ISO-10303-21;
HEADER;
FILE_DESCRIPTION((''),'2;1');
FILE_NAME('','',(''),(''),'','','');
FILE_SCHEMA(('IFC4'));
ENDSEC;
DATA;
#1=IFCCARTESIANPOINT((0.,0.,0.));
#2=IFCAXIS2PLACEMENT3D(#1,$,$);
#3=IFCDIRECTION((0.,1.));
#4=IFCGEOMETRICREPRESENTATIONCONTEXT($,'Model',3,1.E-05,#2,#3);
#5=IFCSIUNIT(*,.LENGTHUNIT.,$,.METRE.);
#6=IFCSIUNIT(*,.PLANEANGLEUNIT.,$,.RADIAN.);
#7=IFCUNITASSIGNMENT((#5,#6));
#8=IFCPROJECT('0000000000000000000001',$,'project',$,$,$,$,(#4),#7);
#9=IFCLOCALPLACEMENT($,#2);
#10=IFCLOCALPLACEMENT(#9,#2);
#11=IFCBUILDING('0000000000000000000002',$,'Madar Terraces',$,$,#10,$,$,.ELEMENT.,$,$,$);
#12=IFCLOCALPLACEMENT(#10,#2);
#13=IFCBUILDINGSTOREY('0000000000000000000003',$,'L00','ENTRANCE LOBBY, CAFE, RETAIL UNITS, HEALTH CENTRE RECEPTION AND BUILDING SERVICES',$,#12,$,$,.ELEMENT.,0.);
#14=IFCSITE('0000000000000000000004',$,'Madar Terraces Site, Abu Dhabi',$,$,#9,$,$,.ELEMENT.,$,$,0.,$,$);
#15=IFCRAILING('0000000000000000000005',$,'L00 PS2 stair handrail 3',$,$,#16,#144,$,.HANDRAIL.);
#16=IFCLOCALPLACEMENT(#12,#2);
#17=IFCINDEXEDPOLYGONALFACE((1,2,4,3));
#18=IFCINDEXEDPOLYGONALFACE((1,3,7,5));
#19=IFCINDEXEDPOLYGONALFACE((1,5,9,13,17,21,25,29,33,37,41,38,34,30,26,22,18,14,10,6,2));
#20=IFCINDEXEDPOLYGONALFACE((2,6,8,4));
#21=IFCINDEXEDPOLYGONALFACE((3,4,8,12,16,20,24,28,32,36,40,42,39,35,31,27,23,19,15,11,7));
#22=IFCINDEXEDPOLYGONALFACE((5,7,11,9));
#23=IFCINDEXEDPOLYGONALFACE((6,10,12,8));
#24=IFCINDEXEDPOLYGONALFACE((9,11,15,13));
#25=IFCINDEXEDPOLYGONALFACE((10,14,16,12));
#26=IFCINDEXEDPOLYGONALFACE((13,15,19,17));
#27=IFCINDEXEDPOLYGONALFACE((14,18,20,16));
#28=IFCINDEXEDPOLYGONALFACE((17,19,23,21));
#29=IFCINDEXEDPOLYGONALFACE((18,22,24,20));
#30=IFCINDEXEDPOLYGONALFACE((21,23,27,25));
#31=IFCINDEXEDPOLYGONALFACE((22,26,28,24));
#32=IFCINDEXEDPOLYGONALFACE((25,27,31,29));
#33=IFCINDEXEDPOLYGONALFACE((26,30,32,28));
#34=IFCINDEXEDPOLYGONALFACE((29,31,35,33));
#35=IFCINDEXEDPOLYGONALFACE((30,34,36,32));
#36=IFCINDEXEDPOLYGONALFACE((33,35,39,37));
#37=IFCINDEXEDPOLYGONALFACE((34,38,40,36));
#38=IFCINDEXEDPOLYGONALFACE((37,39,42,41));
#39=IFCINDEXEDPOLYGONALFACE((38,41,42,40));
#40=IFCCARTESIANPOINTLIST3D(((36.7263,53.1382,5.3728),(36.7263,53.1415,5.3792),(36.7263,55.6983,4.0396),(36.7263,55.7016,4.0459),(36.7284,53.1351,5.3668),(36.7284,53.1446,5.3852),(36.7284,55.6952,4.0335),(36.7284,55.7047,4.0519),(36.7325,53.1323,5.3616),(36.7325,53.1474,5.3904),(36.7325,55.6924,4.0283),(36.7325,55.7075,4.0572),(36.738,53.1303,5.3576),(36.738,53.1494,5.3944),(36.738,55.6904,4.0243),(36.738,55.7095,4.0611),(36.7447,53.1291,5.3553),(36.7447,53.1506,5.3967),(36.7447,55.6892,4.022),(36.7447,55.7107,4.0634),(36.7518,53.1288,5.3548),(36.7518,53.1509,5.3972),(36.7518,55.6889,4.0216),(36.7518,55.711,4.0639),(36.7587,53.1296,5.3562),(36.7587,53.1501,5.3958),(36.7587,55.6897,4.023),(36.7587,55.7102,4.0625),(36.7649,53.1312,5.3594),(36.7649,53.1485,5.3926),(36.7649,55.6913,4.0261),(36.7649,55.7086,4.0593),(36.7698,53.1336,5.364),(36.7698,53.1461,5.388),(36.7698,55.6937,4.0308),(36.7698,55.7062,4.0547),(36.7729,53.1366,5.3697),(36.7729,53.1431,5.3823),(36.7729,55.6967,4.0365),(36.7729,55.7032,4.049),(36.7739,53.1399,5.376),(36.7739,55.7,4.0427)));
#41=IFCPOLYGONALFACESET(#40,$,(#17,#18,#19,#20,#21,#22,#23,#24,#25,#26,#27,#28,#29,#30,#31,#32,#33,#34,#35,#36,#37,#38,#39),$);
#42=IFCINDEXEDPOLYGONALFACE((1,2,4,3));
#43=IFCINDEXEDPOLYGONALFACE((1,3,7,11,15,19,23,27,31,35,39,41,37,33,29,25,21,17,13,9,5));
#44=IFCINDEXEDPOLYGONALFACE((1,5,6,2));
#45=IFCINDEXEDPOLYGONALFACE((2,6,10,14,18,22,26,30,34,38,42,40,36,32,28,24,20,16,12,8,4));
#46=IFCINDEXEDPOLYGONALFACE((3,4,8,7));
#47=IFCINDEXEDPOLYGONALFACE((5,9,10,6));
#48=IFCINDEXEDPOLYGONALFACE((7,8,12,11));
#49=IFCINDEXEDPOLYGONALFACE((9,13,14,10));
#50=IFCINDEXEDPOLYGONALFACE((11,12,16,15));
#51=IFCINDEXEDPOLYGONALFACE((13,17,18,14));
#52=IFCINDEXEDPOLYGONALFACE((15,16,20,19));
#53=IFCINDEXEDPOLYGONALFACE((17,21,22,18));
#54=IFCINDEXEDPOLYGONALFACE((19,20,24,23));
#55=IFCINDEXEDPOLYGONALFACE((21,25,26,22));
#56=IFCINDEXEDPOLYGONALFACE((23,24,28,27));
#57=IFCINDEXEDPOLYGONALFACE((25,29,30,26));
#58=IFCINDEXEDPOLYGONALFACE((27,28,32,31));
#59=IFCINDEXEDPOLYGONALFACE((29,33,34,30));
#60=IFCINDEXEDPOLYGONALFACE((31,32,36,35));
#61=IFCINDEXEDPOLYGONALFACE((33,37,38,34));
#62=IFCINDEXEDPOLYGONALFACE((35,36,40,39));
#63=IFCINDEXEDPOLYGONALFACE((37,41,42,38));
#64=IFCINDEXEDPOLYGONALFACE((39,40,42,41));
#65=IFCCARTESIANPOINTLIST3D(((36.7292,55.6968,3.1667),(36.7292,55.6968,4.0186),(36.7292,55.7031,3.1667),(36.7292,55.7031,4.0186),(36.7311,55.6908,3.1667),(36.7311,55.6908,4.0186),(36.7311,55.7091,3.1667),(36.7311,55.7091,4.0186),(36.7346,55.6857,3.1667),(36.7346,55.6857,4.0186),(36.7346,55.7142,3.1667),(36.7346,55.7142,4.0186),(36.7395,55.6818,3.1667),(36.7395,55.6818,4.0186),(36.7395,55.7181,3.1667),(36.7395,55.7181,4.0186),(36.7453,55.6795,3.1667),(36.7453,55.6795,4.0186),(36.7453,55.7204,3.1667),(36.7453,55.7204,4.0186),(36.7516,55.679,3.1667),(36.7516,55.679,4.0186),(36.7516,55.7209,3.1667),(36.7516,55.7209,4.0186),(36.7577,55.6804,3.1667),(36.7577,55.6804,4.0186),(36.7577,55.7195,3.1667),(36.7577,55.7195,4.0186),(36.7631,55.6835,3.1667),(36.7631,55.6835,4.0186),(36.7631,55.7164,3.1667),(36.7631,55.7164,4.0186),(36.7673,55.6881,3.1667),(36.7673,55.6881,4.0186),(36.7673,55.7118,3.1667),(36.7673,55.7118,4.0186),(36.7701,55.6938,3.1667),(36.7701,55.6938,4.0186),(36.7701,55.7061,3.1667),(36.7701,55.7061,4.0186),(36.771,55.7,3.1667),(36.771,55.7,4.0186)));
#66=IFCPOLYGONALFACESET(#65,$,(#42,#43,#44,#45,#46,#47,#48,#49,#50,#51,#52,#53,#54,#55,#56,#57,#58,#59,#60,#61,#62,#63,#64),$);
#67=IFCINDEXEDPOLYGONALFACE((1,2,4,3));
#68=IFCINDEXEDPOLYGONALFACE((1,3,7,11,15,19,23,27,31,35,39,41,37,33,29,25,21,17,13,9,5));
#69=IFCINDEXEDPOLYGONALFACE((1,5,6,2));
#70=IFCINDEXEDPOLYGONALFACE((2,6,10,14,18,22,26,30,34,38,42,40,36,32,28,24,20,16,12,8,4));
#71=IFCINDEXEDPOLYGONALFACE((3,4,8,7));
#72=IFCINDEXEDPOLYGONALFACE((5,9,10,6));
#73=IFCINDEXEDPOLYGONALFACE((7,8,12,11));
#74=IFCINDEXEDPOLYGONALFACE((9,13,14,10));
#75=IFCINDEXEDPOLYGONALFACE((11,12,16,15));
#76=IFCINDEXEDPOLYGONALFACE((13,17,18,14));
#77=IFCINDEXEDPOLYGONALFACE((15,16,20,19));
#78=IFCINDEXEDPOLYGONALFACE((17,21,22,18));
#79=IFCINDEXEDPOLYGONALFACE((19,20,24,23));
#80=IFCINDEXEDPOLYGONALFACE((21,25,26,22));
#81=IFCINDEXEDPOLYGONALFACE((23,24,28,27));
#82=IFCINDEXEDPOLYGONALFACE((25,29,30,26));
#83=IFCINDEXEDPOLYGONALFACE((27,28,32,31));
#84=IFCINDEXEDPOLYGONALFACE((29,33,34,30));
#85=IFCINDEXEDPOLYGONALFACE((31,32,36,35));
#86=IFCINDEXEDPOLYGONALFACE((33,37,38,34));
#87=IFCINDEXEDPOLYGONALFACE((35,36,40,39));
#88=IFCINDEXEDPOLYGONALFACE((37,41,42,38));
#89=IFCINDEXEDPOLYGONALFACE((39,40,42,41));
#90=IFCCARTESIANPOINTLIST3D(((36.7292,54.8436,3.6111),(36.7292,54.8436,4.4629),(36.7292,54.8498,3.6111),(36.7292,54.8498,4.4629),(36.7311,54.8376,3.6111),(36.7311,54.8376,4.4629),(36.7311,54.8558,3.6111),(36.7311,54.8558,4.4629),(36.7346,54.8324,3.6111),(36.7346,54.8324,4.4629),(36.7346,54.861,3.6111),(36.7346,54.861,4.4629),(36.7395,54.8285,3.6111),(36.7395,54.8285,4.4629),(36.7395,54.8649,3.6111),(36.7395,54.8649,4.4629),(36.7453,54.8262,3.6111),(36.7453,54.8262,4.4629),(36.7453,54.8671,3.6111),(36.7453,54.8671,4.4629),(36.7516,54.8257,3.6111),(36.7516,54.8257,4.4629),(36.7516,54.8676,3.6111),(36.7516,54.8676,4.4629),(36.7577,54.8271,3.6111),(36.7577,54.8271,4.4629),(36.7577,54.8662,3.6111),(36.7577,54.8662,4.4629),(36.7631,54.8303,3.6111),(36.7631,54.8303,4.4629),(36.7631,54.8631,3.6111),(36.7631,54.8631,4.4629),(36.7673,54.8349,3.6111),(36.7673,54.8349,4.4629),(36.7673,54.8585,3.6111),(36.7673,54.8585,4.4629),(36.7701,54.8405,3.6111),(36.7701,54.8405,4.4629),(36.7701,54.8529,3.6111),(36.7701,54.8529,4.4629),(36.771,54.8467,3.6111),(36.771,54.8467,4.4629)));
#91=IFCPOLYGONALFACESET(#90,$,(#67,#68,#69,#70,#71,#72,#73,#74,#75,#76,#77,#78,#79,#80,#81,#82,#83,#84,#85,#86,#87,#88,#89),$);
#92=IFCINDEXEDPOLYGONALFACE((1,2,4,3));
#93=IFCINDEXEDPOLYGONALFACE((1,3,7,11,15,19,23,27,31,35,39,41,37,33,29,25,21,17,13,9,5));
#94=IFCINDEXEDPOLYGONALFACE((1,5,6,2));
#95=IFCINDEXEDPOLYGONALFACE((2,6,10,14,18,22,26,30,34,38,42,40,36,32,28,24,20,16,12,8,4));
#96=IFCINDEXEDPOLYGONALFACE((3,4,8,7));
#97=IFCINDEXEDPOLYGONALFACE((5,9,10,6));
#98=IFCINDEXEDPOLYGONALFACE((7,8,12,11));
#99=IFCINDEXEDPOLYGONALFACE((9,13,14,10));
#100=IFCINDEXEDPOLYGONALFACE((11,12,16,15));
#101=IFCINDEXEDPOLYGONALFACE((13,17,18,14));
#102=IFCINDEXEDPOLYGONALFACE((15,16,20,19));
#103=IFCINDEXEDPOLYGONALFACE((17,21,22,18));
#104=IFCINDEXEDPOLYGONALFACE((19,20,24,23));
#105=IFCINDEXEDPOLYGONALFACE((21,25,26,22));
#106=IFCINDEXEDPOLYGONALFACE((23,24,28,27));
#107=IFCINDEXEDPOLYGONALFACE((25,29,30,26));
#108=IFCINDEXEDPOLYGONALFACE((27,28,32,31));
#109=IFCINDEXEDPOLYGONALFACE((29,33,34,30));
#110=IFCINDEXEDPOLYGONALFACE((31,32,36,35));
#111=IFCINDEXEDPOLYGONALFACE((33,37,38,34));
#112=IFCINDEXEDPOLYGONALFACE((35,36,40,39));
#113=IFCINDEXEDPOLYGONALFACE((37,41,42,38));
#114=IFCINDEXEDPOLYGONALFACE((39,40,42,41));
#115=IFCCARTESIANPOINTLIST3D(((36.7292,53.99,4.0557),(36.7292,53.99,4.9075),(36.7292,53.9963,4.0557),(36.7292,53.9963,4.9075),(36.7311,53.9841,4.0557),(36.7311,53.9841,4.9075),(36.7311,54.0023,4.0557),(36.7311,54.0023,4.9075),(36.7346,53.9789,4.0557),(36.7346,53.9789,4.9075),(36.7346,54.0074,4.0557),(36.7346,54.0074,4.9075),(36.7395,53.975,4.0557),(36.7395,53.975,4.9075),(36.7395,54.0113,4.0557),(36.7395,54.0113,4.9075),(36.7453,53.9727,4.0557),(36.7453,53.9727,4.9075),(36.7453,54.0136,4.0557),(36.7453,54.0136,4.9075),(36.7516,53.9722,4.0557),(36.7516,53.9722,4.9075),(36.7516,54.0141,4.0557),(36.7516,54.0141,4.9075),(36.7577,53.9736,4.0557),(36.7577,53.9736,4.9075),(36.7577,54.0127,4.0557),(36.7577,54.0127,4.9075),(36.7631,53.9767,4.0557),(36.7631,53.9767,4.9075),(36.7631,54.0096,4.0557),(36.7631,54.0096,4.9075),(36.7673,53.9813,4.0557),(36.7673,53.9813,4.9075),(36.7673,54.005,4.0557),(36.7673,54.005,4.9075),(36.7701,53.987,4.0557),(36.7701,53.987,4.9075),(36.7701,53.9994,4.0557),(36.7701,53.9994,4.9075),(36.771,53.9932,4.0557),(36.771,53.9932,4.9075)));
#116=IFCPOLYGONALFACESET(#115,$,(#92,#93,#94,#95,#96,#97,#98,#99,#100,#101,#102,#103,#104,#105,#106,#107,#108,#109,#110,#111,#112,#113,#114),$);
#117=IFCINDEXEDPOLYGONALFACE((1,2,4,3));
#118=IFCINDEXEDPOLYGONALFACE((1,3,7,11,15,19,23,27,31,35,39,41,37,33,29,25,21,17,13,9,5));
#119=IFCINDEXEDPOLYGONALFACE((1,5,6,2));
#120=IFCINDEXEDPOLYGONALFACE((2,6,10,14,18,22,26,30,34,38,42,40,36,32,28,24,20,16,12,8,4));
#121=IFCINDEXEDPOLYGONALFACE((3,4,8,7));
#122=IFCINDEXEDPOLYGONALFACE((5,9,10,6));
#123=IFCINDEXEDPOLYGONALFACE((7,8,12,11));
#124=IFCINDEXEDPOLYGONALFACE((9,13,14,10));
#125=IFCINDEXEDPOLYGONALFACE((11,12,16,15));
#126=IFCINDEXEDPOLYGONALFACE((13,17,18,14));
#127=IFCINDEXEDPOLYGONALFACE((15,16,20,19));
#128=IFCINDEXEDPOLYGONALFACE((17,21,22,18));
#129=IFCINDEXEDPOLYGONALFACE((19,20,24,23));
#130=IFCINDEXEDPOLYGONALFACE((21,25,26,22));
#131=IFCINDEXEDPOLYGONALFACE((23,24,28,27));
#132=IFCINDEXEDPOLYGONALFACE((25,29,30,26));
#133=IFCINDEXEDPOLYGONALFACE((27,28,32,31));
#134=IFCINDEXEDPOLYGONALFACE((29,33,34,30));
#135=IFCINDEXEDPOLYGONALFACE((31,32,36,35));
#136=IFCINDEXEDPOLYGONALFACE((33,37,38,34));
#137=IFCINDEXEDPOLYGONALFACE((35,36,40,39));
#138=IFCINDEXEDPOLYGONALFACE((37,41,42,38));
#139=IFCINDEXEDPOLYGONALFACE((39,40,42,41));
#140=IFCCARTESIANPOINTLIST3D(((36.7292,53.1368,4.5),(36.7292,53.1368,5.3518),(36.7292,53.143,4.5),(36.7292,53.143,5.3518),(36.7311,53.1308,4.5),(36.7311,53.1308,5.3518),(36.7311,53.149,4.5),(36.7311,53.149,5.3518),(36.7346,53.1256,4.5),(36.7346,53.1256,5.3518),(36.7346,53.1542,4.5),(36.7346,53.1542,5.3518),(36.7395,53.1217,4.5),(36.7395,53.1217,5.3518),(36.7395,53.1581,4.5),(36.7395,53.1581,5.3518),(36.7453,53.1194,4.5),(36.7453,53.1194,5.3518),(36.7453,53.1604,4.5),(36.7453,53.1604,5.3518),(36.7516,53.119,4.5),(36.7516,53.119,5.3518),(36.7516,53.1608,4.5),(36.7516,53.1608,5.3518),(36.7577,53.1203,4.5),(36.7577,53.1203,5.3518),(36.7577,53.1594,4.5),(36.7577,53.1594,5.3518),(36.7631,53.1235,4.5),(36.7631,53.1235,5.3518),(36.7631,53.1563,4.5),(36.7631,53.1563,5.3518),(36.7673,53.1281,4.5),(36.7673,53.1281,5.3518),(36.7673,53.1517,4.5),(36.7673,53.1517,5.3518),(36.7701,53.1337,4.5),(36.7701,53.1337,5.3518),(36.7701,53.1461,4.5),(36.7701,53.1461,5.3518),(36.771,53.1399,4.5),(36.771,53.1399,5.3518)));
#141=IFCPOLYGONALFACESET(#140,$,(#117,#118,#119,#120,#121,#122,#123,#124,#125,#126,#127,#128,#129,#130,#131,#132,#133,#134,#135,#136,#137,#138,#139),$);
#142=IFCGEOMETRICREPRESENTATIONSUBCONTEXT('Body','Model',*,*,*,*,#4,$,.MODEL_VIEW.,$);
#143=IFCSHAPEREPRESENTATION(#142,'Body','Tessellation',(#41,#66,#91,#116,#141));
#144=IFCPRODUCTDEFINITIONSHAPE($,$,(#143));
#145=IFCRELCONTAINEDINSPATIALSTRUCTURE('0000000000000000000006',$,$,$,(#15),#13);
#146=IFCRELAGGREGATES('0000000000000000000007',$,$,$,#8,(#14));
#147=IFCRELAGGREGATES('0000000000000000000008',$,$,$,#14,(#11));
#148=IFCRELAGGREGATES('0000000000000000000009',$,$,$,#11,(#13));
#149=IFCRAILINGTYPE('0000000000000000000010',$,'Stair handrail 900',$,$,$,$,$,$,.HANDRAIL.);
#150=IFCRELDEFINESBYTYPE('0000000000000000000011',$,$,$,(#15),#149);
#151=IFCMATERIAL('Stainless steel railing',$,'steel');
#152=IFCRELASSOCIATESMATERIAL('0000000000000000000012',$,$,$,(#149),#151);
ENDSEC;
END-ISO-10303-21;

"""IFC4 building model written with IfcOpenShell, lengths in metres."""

from ifc_helpers import new_model, si_unit, direction, frame, origin, origin_2d, place, context, subcontext, project, spatial, circle, extrude, material, type_object, element, save


model = new_model("IFC4")

# Units and contexts
model_context = context("Model", 3, precision=1e-05, world=origin(), true_north=direction((0.0, 1.0)))
body_context = subcontext(model_context, "Body", "Model", "MODEL_VIEW")
ifc_project = project(units=[si_unit("LENGTHUNIT", "METRE"), si_unit("PLANEANGLEUNIT", "RADIAN")], contexts=[model_context])

# Site, building, storey
site_placement = place(None, origin())
site = spatial("IfcSite", under=ifc_project, at=site_placement, Name="Madar Terraces Site, Abu Dhabi", CompositionType="ELEMENT", RefElevation=0.0)
building_placement = place(site_placement, origin())
building = spatial("IfcBuilding", under=site, at=building_placement, Name="Madar Terraces", CompositionType="ELEMENT")
storey_placement = place(building_placement, origin())
storey = spatial("IfcBuildingStorey", under=building, at=storey_placement, Name="L00", Description="ENTRANCE LOBBY, CAFE, RETAIL UNITS, HEALTH CENTRE RECEPTION AND BUILDING SERVICES", CompositionType="ELEMENT", Elevation=0.0)

# Railing
ifc_material_1 = material(Name="Stainless steel railing", Category="steel")
railing_type_1 = type_object("IfcRailingType", Name="Stair handrail 900", PredefinedType="HANDRAIL", material=ifc_material_1)
railing_1_placement = place(storey_placement, frame((36.75, 55.7, 3.1667)))
element("IfcRailing", 1, at=railing_1_placement, inside=storey, type_object=railing_type_1, Name="L00 PS2 stair handrail 3", PredefinedType="HANDRAIL", context=body_context, shape_type="SweptSolid", body=[
    extrude(circle(Radius=0.0239, at=origin_2d()), frame((0.0, 0.0, 0.876), z_axis=(0.0, -0.88693, 0.461904), x_axis=(1.0, 0.0, 0.0)), (0.0, 0.0, 1.0), 2.8865),
    extrude(circle(Radius=0.021, at=origin_2d()), origin(), (0.0, 0.0, 1.0), 0.8518),
    extrude(circle(Radius=0.021, at=origin_2d()), frame((0.0, -0.8533, 0.4443)), (0.0, 0.0, 1.0), 0.8518),
    extrude(circle(Radius=0.021, at=origin_2d()), frame((0.0, -1.7068, 0.8889)), (0.0, 0.0, 1.0), 0.8518),
    extrude(circle(Radius=0.021, at=origin_2d()), frame((0.0, -2.5601, 1.3333)), (0.0, 0.0, 1.0), 0.8518),
])

save(model, "model.ifc")
